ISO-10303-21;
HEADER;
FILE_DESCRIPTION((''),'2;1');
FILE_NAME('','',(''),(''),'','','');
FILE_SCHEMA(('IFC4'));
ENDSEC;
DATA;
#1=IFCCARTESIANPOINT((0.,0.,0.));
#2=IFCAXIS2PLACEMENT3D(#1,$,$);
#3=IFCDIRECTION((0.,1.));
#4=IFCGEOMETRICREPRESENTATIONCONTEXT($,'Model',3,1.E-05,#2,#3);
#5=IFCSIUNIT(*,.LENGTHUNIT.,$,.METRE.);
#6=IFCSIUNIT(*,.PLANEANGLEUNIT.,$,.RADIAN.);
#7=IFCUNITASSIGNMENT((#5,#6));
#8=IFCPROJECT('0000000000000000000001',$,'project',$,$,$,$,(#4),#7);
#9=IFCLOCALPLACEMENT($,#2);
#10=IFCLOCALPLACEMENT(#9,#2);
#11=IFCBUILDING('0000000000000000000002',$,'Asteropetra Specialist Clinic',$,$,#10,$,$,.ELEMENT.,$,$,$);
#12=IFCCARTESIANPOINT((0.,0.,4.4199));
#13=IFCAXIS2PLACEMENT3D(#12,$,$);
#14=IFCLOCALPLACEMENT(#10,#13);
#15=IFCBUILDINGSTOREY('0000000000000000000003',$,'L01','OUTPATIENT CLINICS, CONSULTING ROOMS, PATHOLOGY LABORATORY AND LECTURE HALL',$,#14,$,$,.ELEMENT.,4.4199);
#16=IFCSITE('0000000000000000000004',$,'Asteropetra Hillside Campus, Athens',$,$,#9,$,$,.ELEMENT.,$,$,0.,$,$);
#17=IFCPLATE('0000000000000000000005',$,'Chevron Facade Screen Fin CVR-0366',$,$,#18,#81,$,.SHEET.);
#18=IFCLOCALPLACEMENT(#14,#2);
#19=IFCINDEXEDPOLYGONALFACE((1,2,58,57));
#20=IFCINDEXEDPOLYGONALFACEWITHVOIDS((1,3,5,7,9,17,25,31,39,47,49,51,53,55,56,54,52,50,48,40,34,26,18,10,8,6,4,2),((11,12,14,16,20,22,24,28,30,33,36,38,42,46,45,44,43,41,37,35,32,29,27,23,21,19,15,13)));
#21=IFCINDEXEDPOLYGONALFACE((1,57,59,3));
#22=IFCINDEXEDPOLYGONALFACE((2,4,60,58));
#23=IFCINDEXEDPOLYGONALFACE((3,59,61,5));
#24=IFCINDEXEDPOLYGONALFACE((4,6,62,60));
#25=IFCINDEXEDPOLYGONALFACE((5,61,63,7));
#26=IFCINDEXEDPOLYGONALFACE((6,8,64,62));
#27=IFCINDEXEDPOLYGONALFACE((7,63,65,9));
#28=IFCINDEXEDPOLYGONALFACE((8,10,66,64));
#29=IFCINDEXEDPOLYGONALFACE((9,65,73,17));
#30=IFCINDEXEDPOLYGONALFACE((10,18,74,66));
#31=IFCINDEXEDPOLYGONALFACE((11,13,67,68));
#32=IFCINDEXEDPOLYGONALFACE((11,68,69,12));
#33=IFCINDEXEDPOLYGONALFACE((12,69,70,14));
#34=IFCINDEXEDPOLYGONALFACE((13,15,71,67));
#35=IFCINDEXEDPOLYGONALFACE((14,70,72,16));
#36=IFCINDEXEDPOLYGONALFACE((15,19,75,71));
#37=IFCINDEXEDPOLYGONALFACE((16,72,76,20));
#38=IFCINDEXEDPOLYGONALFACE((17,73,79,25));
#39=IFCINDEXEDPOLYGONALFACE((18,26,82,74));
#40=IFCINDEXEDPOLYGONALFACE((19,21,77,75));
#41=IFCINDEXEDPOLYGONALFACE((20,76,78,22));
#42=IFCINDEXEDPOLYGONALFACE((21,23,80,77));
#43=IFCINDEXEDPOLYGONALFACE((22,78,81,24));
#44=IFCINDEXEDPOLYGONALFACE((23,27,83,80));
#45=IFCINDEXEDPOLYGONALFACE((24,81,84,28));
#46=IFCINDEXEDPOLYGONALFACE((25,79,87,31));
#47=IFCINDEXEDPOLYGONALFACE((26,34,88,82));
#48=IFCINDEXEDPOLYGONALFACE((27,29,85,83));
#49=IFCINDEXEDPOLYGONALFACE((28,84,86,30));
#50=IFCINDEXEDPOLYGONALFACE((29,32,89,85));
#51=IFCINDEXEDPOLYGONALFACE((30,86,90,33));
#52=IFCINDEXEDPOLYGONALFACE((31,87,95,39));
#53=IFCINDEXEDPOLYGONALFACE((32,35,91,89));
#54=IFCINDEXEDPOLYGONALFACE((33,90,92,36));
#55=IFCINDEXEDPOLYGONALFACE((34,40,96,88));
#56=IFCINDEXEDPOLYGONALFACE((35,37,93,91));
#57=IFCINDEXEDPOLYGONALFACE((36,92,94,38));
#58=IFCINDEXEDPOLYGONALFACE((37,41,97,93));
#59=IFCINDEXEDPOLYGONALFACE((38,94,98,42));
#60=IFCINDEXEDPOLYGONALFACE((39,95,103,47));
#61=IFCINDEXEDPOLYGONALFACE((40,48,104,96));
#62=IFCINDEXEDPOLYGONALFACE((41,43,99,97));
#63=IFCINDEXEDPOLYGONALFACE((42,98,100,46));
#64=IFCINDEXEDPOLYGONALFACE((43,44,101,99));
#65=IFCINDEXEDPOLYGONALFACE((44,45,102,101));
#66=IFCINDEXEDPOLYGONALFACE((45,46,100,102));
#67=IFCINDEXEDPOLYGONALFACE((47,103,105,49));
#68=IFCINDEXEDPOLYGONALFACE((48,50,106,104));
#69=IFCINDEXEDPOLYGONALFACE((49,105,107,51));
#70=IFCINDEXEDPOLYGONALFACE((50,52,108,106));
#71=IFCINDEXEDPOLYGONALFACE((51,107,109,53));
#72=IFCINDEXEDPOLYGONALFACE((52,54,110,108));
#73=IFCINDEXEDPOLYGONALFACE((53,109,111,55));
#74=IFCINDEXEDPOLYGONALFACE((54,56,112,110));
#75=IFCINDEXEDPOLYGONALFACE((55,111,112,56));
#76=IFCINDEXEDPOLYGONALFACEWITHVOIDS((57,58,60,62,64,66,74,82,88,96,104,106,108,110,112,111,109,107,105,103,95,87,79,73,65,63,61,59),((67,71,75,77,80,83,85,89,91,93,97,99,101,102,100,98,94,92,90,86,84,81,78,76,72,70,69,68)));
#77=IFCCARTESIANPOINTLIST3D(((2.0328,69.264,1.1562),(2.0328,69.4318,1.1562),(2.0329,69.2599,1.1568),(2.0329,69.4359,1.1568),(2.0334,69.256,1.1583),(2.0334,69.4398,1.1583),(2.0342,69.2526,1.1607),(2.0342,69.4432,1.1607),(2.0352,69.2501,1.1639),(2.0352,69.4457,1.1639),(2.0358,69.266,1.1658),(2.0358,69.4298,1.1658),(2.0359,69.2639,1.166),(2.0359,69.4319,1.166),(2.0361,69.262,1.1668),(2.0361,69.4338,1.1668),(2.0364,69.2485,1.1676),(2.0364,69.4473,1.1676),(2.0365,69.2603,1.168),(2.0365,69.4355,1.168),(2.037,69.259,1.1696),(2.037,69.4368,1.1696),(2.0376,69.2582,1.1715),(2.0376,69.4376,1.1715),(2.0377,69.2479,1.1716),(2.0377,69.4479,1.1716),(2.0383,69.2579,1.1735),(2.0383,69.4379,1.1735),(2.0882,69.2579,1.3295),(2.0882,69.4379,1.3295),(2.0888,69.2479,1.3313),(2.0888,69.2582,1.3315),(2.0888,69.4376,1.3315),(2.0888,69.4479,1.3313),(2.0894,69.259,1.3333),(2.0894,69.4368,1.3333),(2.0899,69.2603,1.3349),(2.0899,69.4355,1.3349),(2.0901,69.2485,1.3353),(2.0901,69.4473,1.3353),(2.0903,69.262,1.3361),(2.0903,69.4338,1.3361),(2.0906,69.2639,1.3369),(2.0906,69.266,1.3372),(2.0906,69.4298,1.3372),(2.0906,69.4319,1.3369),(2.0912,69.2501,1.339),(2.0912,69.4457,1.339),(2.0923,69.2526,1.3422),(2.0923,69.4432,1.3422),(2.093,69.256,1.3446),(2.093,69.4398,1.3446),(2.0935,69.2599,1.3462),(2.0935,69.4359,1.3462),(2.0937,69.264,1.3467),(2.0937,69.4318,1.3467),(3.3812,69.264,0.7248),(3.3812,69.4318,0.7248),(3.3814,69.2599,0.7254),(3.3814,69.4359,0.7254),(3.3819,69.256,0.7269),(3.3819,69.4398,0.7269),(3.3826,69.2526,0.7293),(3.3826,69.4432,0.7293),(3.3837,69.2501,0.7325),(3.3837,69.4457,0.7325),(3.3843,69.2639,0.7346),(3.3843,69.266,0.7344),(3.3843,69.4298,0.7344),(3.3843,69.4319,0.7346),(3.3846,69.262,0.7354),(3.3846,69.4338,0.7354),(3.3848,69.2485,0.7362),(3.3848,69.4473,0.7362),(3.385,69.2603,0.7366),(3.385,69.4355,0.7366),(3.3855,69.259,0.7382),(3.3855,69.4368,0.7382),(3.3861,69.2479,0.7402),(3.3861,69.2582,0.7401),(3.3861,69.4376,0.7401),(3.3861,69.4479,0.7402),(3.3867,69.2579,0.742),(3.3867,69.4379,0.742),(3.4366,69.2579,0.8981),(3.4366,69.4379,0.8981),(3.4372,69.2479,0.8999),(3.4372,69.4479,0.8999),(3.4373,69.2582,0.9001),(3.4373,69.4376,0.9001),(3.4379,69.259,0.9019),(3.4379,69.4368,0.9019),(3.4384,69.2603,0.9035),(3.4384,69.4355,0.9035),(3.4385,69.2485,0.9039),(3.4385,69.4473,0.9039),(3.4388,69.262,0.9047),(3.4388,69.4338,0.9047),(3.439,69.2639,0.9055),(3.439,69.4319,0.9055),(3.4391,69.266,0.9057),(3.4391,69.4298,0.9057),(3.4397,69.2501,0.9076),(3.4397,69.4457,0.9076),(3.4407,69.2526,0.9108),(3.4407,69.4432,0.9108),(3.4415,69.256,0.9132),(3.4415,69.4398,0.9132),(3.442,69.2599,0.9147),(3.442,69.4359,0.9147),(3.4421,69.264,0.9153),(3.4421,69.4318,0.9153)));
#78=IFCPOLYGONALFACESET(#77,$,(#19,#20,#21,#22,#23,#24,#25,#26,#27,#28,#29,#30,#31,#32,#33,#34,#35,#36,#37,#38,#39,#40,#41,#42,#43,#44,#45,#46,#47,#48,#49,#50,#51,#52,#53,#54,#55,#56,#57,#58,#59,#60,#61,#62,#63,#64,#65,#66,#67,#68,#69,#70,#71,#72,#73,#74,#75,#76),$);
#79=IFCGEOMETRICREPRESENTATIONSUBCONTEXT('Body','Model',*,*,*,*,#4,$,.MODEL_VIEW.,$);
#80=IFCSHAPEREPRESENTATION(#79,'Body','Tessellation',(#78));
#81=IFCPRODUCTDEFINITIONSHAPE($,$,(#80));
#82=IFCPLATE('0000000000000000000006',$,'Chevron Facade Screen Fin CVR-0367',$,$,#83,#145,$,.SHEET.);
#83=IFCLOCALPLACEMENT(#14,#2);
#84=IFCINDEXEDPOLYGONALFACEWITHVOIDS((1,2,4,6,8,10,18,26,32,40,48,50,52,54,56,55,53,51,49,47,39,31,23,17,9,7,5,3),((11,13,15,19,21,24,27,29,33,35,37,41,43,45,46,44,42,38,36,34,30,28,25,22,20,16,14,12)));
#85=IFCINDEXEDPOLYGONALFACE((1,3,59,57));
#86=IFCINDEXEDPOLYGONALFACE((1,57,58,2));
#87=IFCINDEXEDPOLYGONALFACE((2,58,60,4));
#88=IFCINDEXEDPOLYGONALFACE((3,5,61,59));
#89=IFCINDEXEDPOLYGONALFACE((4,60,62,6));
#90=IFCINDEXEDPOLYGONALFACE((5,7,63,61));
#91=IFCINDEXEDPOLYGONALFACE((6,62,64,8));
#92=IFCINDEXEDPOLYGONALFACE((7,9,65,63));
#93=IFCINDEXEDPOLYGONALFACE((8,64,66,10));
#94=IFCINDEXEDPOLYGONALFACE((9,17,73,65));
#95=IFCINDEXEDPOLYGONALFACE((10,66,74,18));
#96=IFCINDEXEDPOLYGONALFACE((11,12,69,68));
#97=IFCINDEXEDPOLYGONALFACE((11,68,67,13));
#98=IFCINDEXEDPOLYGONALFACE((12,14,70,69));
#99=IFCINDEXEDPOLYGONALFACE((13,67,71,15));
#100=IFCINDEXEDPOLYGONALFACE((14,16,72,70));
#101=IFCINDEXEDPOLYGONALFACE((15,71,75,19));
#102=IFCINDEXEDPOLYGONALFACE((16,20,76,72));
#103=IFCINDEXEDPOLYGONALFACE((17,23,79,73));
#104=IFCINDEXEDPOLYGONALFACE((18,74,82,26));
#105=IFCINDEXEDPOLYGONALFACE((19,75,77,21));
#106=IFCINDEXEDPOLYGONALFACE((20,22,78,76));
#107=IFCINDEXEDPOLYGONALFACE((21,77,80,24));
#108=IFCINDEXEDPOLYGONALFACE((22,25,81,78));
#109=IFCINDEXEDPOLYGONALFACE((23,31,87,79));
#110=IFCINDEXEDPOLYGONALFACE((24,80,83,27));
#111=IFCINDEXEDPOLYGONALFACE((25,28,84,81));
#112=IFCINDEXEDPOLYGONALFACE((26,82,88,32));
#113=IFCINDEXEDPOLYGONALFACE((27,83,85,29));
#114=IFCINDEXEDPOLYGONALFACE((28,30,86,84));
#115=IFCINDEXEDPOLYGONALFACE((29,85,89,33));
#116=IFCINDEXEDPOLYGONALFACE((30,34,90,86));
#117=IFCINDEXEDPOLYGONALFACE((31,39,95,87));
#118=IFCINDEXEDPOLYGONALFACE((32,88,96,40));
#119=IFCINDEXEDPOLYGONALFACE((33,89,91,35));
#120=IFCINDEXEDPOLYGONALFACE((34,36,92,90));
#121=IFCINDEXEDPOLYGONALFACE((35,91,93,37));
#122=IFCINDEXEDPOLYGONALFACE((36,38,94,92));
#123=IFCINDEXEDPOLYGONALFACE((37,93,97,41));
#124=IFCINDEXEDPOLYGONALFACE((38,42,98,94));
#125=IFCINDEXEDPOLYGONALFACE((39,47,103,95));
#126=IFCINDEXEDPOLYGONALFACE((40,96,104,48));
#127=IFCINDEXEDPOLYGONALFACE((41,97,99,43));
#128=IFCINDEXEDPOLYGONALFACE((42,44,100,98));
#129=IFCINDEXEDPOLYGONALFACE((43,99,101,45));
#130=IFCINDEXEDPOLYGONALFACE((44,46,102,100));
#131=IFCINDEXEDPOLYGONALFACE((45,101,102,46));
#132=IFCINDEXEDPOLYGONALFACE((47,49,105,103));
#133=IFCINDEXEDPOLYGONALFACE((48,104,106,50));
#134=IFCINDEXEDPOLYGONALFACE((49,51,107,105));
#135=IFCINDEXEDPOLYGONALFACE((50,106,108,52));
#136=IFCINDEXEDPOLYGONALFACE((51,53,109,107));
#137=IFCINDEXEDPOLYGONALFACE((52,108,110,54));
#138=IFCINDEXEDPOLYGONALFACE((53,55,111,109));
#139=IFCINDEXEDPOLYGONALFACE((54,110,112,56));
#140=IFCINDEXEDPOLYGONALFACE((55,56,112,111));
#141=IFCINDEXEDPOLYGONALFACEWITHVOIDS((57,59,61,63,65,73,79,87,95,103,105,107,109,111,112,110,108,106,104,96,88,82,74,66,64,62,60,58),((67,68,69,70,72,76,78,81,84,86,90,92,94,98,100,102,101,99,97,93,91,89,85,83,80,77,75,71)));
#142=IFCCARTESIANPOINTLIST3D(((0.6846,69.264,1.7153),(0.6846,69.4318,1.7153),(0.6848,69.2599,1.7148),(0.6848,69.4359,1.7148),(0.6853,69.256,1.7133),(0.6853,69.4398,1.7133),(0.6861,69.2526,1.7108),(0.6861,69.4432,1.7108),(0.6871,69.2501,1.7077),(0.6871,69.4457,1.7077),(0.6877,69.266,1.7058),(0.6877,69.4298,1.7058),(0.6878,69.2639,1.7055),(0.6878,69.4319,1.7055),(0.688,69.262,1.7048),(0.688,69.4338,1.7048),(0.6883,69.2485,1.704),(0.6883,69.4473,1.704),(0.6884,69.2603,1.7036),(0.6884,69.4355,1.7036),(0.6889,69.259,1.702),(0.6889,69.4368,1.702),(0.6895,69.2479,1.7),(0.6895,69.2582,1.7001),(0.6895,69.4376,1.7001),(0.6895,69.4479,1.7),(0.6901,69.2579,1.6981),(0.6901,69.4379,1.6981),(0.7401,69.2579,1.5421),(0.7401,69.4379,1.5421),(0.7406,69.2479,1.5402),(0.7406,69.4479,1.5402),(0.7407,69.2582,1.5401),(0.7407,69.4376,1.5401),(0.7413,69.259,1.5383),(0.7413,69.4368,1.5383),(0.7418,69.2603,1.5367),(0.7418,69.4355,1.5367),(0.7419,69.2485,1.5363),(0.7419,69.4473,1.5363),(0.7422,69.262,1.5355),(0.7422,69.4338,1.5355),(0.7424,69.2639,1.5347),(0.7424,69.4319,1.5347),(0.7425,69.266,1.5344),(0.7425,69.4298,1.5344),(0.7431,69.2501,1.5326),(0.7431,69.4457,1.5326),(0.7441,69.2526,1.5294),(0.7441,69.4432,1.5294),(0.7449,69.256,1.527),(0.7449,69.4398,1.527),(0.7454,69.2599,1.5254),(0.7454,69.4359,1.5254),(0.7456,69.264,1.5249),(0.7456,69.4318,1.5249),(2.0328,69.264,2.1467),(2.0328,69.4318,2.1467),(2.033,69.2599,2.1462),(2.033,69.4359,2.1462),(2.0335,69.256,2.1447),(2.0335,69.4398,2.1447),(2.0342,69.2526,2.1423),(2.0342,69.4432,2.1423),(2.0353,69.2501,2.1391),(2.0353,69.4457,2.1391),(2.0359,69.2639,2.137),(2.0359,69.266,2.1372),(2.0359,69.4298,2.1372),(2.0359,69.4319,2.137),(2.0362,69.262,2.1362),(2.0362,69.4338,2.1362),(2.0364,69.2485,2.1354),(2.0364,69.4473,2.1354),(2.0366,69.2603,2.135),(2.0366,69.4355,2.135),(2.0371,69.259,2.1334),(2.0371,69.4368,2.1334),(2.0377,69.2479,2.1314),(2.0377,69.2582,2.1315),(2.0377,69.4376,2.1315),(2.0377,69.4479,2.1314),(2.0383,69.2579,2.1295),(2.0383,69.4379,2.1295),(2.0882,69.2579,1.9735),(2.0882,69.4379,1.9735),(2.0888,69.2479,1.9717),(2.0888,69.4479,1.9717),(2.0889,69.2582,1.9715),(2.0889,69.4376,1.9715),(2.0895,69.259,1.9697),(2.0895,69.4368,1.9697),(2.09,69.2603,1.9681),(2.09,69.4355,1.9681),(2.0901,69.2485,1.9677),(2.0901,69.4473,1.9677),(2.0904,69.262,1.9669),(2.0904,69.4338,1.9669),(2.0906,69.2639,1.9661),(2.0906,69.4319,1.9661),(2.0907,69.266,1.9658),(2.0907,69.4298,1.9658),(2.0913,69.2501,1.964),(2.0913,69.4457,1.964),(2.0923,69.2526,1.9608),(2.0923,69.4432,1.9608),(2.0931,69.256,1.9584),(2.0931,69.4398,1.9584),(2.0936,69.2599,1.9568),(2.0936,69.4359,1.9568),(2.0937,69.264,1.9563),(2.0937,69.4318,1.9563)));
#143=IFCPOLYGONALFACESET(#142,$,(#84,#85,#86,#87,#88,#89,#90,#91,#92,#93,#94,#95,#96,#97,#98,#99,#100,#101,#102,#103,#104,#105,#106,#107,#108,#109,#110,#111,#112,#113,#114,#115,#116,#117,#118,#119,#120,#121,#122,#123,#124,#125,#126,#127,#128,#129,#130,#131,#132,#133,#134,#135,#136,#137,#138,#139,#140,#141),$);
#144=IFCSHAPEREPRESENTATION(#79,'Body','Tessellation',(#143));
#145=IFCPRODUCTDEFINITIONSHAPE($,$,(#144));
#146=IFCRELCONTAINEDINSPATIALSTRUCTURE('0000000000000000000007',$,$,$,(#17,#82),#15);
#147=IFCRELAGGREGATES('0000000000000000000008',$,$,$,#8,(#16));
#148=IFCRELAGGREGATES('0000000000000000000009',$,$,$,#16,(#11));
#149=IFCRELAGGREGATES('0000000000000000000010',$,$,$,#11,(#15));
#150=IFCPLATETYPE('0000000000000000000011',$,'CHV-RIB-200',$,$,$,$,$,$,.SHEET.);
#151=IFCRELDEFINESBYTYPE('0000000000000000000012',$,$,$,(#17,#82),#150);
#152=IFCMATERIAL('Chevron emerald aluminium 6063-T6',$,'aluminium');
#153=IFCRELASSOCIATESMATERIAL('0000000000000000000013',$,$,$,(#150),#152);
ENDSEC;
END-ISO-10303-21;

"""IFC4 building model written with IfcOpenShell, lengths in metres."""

from ifc_helpers import new_model, si_unit, direction, frame, origin, origin_2d, place, context, subcontext, project, spatial, hollow_rectangle, extrude, material, material_profile, profile_set, type_object, element, save


model = new_model("IFC4")

# Units and contexts
model_context = context("Model", 3, precision=1e-05, world=origin(), true_north=direction((0.0, 1.0)))
body_context = subcontext(model_context, "Body", "Model", "MODEL_VIEW")
ifc_project = project(units=[si_unit("LENGTHUNIT", "METRE"), si_unit("PLANEANGLEUNIT", "RADIAN")], contexts=[model_context])

# Site, building, storey
site_placement = place(None, origin())
site = spatial("IfcSite", under=ifc_project, at=site_placement, Name="Asteropetra Hillside Campus, Athens", CompositionType="ELEMENT", RefElevation=0.0)
building_placement = place(site_placement, origin())
building = spatial("IfcBuilding", under=site, at=building_placement, Name="Asteropetra Specialist Clinic", CompositionType="ELEMENT")
storey_placement = place(building_placement, frame((0.0, 0.0, 4.4199)))
storey = spatial("IfcBuildingStorey", under=building, at=storey_placement, Name="L01", Description="OUTPATIENT CLINICS, CONSULTING ROOMS, PATHOLOGY LABORATORY AND LECTURE HALL", CompositionType="ELEMENT", Elevation=4.4199)

# Plates
ifc_material_1 = material(Name="Chevron emerald aluminium 6063-T6", Category="aluminium")
ifc_material_profile_1 = material_profile(ifc_material_1, hollow_rectangle(XDim=0.2, YDim=0.2, WallThickness=0.01, InnerFilletRadius=0.0081, OuterFilletRadius=0.0161, at=origin_2d()), Name="SHS 200x200x10.0")
ifc_profile_set_1 = profile_set([ifc_material_profile_1], Name="Chevron emerald aluminium 6063-T6")
plate_type = type_object("IfcPlateType", Name="CHV-RIB-200", PredefinedType="SHEET", material=ifc_profile_set_1)
plate_1_placement = place(storey_placement, frame((2.0632, 69.3479, 1.2515), z_axis=(0.952442, 0.0, -0.304719), x_axis=(0.0, 1.0, 0.0)))
element("IfcPlate", 1, at=plate_1_placement, inside=storey, type_object=plate_type, Name="Chevron Facade Screen Fin CVR-0366", PredefinedType="SHEET", context=body_context, shape_type="SweptSolid", body=[
    extrude(hollow_rectangle(XDim=0.2, YDim=0.2, WallThickness=0.01, InnerFilletRadius=0.0081, OuterFilletRadius=0.0161, at=origin_2d()), origin(), (0.0, 0.0, 1.0), 1.4158),
])
plate_2_placement = place(storey_placement, frame((0.7151, 69.3479, 1.6201), z_axis=(0.952426, 0.0, 0.304769), x_axis=(0.0, 1.0, 0.0)))
element("IfcPlate", 2, at=plate_2_placement, inside=storey, type_object=plate_type, Name="Chevron Facade Screen Fin CVR-0367", PredefinedType="SHEET", context=body_context, shape_type="SweptSolid", body=[
    extrude(hollow_rectangle(XDim=0.2, YDim=0.2, WallThickness=0.01, InnerFilletRadius=0.0081, OuterFilletRadius=0.0161, at=origin_2d()), origin(), (0.0, 0.0, 1.0), 1.4155),
])

save(model, "model.ifc")
